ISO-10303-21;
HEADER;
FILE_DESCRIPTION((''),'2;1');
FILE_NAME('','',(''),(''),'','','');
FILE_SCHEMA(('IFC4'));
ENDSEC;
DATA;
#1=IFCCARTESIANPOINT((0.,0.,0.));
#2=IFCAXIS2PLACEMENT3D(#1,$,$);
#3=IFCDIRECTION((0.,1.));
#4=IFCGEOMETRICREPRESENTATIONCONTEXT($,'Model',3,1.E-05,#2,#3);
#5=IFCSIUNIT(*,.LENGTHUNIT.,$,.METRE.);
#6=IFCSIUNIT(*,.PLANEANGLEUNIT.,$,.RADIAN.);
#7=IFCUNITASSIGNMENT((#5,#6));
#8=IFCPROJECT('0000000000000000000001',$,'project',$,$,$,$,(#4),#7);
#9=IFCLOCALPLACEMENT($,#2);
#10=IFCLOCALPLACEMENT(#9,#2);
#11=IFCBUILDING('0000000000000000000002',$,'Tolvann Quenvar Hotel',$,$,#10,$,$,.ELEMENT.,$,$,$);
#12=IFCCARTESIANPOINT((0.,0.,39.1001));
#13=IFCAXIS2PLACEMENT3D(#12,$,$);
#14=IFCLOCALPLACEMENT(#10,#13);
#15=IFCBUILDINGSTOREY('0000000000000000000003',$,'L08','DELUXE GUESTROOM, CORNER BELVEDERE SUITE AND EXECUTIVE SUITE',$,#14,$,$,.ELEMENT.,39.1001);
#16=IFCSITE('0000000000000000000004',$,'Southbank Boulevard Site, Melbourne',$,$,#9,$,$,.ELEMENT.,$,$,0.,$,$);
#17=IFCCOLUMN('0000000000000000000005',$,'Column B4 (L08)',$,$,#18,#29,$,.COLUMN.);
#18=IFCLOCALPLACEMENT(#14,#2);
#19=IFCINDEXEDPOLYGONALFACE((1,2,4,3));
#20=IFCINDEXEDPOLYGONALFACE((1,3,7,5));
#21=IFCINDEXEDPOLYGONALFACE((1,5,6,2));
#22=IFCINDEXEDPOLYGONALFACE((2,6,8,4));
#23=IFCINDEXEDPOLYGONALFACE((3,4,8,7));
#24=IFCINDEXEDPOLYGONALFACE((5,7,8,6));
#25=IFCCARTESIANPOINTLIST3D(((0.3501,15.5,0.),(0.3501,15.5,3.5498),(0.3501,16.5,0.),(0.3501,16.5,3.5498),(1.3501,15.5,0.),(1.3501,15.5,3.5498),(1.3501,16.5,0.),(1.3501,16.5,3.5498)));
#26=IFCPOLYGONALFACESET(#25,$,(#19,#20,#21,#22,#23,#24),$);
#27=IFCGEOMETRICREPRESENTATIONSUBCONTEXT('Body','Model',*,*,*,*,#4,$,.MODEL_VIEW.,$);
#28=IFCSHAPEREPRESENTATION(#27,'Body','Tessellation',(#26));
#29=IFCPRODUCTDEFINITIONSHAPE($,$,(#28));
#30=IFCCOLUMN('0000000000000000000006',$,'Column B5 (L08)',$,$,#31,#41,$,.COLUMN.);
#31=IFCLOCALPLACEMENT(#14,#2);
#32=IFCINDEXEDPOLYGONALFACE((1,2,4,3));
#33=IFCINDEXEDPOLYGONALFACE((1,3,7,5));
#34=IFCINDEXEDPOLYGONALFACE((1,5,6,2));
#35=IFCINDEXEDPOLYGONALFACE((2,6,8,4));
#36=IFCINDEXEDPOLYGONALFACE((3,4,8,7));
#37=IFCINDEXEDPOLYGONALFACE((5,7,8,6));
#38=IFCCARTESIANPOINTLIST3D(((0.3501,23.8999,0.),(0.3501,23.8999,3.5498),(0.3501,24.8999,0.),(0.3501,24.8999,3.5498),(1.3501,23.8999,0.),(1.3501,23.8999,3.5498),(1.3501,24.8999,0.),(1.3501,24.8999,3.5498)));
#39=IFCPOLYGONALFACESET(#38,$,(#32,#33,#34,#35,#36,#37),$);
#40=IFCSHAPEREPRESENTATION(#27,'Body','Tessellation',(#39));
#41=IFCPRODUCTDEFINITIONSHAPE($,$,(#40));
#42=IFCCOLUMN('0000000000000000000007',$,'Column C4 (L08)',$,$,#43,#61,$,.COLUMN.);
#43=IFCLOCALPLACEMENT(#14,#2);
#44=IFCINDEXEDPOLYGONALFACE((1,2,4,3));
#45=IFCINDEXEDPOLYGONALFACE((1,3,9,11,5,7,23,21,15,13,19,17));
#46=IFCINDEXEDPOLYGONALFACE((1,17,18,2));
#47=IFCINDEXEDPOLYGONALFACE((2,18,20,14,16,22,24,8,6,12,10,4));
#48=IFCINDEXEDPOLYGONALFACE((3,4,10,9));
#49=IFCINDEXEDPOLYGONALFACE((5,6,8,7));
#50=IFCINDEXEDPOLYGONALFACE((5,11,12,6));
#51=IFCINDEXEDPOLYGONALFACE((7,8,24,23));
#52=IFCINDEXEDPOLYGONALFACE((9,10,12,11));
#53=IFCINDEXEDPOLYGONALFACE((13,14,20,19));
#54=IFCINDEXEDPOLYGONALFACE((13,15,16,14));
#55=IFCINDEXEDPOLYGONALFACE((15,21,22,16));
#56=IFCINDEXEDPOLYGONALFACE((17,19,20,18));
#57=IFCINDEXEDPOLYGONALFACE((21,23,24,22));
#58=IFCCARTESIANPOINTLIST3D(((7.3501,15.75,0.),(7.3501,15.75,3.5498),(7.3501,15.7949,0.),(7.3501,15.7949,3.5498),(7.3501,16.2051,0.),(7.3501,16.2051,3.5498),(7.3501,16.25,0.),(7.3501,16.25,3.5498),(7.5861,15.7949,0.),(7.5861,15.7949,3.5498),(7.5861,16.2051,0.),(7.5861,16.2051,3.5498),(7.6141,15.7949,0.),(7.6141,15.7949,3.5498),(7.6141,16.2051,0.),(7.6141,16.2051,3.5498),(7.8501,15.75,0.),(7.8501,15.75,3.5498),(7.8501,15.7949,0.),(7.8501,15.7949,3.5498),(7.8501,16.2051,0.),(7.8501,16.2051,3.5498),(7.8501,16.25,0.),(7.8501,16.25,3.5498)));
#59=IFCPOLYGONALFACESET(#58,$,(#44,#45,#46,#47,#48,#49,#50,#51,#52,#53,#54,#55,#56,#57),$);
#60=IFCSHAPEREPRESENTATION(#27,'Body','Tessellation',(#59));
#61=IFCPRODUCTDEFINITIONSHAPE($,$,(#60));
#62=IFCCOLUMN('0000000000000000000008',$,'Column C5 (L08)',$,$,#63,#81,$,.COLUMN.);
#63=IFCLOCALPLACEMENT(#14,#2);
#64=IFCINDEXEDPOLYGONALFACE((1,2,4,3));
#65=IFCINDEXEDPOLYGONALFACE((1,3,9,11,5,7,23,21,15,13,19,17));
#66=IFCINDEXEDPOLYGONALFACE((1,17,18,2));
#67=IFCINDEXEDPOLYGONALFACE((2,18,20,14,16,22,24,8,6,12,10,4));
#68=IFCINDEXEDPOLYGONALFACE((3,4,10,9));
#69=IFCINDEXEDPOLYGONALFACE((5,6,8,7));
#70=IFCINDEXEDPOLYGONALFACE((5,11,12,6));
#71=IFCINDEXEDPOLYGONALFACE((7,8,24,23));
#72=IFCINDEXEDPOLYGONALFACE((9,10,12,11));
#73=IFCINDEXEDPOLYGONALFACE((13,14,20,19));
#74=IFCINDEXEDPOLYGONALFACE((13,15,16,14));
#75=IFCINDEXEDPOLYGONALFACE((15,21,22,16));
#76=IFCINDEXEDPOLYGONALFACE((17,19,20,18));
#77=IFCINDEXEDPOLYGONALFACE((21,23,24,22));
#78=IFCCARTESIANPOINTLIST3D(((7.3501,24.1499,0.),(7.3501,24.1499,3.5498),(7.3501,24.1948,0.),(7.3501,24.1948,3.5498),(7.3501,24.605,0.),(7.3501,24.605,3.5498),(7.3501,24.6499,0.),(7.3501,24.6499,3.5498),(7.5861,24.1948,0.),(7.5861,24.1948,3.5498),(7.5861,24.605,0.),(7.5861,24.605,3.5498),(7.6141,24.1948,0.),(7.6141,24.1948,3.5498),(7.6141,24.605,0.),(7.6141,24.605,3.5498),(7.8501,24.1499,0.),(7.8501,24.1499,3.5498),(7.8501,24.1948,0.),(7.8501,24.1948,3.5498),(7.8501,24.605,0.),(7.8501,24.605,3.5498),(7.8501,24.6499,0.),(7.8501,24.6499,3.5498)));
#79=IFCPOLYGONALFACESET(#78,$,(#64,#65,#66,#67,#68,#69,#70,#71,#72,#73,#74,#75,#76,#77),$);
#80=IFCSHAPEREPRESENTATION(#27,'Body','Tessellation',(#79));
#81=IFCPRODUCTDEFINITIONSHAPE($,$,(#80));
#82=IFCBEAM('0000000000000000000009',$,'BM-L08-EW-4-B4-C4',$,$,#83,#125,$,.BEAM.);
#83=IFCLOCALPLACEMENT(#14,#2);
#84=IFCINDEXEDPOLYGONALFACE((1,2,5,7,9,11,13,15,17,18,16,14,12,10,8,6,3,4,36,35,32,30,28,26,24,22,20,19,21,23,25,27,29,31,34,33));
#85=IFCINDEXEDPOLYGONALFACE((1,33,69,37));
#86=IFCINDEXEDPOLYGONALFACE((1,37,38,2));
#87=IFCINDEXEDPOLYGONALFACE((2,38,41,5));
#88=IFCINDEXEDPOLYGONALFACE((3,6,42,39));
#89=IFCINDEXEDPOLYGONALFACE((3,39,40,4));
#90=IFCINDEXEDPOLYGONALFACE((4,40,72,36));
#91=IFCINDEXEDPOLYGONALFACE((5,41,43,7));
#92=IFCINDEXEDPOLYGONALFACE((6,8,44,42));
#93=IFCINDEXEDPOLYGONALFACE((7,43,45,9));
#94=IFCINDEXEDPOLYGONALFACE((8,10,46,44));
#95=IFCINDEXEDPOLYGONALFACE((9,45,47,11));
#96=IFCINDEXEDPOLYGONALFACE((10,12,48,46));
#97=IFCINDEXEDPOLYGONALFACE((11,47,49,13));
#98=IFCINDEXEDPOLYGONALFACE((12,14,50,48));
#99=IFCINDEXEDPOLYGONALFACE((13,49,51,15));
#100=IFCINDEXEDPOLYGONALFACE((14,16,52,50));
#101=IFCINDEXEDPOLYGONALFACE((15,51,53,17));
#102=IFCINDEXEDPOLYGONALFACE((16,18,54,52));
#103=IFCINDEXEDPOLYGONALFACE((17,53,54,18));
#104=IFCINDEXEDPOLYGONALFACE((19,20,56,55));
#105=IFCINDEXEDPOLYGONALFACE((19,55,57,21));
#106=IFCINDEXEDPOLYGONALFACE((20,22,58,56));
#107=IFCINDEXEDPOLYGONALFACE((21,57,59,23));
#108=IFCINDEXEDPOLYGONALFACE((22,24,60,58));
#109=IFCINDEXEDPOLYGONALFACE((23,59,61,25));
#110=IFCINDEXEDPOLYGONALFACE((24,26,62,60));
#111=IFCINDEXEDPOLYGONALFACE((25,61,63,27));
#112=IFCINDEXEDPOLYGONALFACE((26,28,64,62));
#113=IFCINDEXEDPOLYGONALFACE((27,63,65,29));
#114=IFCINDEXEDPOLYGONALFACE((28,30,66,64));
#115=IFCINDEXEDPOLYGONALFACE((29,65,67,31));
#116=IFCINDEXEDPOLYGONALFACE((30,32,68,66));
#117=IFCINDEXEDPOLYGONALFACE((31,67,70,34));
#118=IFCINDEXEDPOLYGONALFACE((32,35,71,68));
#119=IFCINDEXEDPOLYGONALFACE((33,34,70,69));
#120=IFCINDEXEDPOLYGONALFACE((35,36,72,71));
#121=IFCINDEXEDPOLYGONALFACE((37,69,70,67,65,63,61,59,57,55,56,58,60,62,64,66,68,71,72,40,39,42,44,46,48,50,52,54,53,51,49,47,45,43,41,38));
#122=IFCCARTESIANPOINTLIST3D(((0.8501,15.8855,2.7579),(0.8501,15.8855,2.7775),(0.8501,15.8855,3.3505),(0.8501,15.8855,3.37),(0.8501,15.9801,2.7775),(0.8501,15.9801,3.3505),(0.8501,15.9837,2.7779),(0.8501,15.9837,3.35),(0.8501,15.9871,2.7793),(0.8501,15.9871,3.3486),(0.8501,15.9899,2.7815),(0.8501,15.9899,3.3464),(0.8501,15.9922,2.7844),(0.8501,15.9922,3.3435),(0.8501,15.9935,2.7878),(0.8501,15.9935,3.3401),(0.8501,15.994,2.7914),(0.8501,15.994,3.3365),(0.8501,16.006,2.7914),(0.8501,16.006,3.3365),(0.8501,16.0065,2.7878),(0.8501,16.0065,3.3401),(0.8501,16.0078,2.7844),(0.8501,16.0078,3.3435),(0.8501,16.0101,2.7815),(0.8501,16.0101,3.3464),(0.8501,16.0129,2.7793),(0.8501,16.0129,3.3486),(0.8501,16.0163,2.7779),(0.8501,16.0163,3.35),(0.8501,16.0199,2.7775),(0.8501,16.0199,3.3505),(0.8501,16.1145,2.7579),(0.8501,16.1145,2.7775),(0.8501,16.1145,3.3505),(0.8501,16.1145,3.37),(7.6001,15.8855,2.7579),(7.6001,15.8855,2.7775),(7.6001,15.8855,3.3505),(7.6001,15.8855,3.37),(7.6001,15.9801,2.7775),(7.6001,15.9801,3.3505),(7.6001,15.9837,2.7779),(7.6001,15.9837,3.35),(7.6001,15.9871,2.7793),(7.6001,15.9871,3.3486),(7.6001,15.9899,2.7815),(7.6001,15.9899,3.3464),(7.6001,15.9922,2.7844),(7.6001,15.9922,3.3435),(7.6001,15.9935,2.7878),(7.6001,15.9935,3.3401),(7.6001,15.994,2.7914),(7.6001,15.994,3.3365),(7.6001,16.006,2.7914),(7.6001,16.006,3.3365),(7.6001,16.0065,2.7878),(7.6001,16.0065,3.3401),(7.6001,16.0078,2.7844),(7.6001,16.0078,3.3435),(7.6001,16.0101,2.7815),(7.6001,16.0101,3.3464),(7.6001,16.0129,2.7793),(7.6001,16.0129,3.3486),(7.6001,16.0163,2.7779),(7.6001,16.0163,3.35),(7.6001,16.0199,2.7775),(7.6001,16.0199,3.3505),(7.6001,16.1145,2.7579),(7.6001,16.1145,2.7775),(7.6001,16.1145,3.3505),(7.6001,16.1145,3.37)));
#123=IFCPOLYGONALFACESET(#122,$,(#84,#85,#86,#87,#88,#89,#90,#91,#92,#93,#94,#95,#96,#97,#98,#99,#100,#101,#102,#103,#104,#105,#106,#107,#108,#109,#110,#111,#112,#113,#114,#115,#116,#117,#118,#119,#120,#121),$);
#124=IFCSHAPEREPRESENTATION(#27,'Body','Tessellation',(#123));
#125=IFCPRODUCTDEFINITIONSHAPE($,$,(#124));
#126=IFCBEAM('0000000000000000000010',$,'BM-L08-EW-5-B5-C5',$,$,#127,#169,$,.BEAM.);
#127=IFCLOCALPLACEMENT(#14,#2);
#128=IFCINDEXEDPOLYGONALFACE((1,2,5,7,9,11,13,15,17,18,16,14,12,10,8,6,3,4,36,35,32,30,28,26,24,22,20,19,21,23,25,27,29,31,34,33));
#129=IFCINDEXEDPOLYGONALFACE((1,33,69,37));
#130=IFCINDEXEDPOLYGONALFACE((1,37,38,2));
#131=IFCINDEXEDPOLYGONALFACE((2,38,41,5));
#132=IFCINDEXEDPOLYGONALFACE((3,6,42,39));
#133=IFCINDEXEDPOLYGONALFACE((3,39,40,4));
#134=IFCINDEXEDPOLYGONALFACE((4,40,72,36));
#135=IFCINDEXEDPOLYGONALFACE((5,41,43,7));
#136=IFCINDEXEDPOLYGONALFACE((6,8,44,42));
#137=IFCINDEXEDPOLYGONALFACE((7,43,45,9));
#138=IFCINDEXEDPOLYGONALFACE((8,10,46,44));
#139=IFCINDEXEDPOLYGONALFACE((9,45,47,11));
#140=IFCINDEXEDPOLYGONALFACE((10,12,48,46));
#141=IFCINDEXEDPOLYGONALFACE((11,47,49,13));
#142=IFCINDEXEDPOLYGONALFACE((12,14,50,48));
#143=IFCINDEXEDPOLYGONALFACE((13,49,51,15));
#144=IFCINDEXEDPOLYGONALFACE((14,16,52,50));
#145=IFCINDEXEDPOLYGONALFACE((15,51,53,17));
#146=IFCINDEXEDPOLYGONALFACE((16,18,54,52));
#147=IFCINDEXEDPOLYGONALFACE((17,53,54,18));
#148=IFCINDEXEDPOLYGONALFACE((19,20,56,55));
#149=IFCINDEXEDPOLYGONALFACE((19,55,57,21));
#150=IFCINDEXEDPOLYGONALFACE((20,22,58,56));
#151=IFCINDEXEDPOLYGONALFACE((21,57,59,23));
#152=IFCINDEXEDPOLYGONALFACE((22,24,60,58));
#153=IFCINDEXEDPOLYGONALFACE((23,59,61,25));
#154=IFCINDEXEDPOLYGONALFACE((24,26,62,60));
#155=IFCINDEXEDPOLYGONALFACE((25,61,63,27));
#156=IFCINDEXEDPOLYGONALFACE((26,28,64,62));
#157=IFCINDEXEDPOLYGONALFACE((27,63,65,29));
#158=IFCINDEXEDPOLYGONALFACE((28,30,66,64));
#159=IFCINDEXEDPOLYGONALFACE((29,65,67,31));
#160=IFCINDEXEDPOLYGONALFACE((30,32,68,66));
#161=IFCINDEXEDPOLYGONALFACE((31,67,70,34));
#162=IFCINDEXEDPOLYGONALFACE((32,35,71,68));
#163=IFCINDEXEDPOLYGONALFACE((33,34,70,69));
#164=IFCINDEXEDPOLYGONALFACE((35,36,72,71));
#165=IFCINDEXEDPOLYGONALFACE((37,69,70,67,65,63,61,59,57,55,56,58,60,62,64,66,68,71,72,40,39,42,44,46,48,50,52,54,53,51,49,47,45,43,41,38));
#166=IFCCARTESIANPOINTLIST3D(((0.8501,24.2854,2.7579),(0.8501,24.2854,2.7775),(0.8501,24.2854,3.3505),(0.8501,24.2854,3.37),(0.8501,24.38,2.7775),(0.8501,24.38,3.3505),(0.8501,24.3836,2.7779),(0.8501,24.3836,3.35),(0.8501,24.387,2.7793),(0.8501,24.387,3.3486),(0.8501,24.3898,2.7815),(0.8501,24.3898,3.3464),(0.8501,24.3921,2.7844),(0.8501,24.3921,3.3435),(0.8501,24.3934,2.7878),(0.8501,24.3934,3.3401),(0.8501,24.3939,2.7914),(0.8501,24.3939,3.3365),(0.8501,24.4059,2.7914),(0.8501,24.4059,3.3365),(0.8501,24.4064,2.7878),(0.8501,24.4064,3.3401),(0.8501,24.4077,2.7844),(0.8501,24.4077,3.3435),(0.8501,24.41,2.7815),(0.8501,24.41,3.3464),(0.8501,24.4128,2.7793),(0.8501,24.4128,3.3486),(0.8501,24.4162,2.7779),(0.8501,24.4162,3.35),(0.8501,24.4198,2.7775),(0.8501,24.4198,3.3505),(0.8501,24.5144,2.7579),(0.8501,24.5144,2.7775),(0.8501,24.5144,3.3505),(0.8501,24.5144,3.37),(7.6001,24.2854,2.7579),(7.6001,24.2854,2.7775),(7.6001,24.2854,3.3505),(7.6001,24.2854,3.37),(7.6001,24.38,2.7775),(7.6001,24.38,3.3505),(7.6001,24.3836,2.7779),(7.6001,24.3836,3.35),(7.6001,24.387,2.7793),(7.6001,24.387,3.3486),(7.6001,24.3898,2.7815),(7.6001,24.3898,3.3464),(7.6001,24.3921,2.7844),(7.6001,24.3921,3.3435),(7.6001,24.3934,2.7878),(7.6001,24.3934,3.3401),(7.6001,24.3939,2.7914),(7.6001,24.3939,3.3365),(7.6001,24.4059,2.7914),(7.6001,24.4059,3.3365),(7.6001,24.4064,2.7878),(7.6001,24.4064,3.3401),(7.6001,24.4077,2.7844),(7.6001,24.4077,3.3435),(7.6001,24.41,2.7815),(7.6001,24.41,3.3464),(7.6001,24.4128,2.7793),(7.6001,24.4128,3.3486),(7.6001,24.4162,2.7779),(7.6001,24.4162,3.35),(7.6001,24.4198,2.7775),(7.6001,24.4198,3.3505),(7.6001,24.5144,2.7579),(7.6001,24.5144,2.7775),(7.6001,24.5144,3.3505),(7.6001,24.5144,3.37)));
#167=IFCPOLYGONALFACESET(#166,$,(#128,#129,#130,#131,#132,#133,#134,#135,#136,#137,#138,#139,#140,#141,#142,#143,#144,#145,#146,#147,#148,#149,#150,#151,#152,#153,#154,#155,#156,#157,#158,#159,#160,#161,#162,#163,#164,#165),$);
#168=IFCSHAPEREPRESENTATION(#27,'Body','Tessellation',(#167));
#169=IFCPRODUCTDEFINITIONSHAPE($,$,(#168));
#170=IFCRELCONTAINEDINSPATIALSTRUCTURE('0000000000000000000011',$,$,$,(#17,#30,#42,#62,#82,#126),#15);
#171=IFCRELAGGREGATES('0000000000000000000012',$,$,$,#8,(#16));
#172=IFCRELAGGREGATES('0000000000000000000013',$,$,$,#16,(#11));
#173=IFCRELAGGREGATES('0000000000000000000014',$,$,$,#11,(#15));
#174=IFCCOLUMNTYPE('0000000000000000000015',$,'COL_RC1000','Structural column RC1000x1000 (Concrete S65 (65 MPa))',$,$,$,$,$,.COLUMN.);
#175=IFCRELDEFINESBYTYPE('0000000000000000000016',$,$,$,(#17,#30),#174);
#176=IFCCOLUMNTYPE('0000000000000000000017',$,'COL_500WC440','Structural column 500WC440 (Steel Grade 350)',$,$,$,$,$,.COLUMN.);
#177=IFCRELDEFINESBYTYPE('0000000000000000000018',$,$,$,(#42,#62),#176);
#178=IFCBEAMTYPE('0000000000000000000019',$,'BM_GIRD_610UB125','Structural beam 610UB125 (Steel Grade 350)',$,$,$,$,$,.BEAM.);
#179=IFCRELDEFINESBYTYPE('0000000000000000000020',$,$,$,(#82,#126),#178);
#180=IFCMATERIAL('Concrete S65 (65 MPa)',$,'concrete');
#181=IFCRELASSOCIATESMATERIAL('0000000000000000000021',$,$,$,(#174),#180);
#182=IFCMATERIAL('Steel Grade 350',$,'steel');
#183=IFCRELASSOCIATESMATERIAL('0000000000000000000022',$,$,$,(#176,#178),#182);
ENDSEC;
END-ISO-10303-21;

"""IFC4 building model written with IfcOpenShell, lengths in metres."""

from ifc_helpers import new_model, si_unit, direction, frame, origin, origin_2d, place, context, subcontext, project, spatial, rectangle, i_section, extrude, source, transform, mapped, material, material_profile, profile_set, type_object, type_shapes, element, save


model = new_model("IFC4")

# Units and contexts
model_context = context("Model", 3, precision=1e-05, world=origin(), true_north=direction((0.0, 1.0)))
body_context = subcontext(model_context, "Body", "Model", "MODEL_VIEW")
ifc_project = project(units=[si_unit("LENGTHUNIT", "METRE"), si_unit("PLANEANGLEUNIT", "RADIAN")], contexts=[model_context])

# Site, building, storey
site_placement = place(None, origin())
site = spatial("IfcSite", under=ifc_project, at=site_placement, Name="Southbank Boulevard Site, Melbourne", CompositionType="ELEMENT", RefElevation=0.0)
building_placement = place(site_placement, origin())
building = spatial("IfcBuilding", under=site, at=building_placement, Name="Tolvann Quenvar Hotel", CompositionType="ELEMENT")
storey_placement = place(building_placement, frame((0.0, 0.0, 39.1001)))
storey = spatial("IfcBuildingStorey", under=building, at=storey_placement, Name="L08", Description="DELUXE GUESTROOM, CORNER BELVEDERE SUITE AND EXECUTIVE SUITE", CompositionType="ELEMENT", Elevation=39.1001)

# Columns
ifc_material_1 = material(Name="Concrete S65 (65 MPa)", Category="concrete")
ifc_material_profile_1 = material_profile(ifc_material_1, rectangle(XDim=1.0, YDim=1.0, at=origin_2d()), Name="RC1000x1000")
ifc_profile_set_1 = profile_set([ifc_material_profile_1], Name="Concrete S65 (65 MPa)")
column_type_1 = type_object("IfcColumnType", Name="COL_RC1000", Description="Structural column RC1000x1000 (Concrete S65 (65 MPa))", PredefinedType="COLUMN", material=ifc_profile_set_1)
shared_shape_1 = source(origin(), body_context, "Body", "SweptSolid", [
    extrude(rectangle(XDim=1.0, YDim=1.0, at=origin_2d()), origin(), (0.0, 0.0, 1.0), 3.5498),
])
type_shapes(column_type_1, [shared_shape_1])
for number, where, z_axis, x_axis, name in (
    (1, (0.8501, 16.0, 0.0), (0.0, 0.0, 1.0), (1.0, 0.0, 0.0), "Column B4 (L08)"),
    (2, (0.8501, 24.3999, 0.0), (0.0, 0.0, 1.0), (1.0, 0.0, 0.0), "Column B5 (L08)"),
):
    element("IfcColumn", number, at=place(storey_placement, frame(where, z_axis=z_axis, x_axis=x_axis)), inside=storey, type_object=column_type_1, Name=name, PredefinedType="COLUMN", context=body_context, shape_type="MappedRepresentation", body=[
        mapped(shared_shape_1, transform((0.0, 0.0, 0.0), x_axis=(1.0, 0.0, 0.0), y_axis=(0.0, 1.0, 0.0), z_axis=(0.0, 0.0, 1.0), scale=1.0)),
    ])
ifc_material_2 = material(Name="Steel Grade 350", Category="steel")
ifc_material_profile_2 = material_profile(ifc_material_2, i_section(OverallWidth=0.5, OverallDepth=0.5, WebThickness=0.0281, FlangeThickness=0.0449, at=origin_2d()), Name="500WC440")
ifc_profile_set_2 = profile_set([ifc_material_profile_2], Name="Steel Grade 350")
column_type_2 = type_object("IfcColumnType", Name="COL_500WC440", Description="Structural column 500WC440 (Steel Grade 350)", PredefinedType="COLUMN", material=ifc_profile_set_2)
shared_shape_2 = source(origin(), body_context, "Body", "SweptSolid", [
    extrude(i_section(OverallWidth=0.5, OverallDepth=0.5, WebThickness=0.0281, FlangeThickness=0.0449, at=origin_2d()), origin(), (0.0, 0.0, 1.0), 3.5498),
])
type_shapes(column_type_2, [shared_shape_2])
for number, where, z_axis, x_axis, name in (
    (3, (7.6001, 16.0, 0.0), (0.0, 0.0, 1.0), (1.0, 0.0, 0.0), "Column C4 (L08)"),
    (4, (7.6001, 24.3999, 0.0), (0.0, 0.0, 1.0), (1.0, 0.0, 0.0), "Column C5 (L08)"),
):
    element("IfcColumn", number, at=place(storey_placement, frame(where, z_axis=z_axis, x_axis=x_axis)), inside=storey, type_object=column_type_2, Name=name, PredefinedType="COLUMN", context=body_context, shape_type="MappedRepresentation", body=[
        mapped(shared_shape_2, transform((0.0, 0.0, 0.0), x_axis=(1.0, 0.0, 0.0), y_axis=(0.0, 1.0, 0.0), z_axis=(0.0, 0.0, 1.0), scale=1.0)),
    ])

# Beams
ifc_material_profile_3 = material_profile(ifc_material_2, i_section(OverallWidth=0.229, OverallDepth=0.6121, WebThickness=0.012, FlangeThickness=0.0195, FilletRadius=0.0139, at=origin_2d()), Name="610UB125")
ifc_profile_set_3 = profile_set([ifc_material_profile_3], Name="Steel Grade 350")
beam_type_1 = type_object("IfcBeamType", Name="BM_GIRD_610UB125", Description="Structural beam 610UB125 (Steel Grade 350)", PredefinedType="BEAM", material=ifc_profile_set_3)
shared_shape_3 = source(origin(), body_context, "Body", "SweptSolid", [
    extrude(i_section(OverallWidth=0.229, OverallDepth=0.6121, WebThickness=0.012, FlangeThickness=0.0195, FilletRadius=0.0139, at=origin_2d()), origin(), (0.0, 0.0, 1.0), 6.75),
])
for number, where, z_axis, x_axis, name in (
    (5, (0.8501, 16.0, 3.064), (1.0, 0.0, 0.0), (0.0, 1.0, 0.0), "BM-L08-EW-4-B4-C4"),
    (6, (0.8501, 24.3999, 3.064), (1.0, 0.0, 0.0), (0.0, 1.0, 0.0), "BM-L08-EW-5-B5-C5"),
):
    element("IfcBeam", number, at=place(storey_placement, frame(where, z_axis=z_axis, x_axis=x_axis)), inside=storey, type_object=beam_type_1, Name=name, PredefinedType="BEAM", context=body_context, shape_type="MappedRepresentation", body=[
        mapped(shared_shape_3, transform((0.0, 0.0, 0.0), x_axis=(1.0, 0.0, 0.0), y_axis=(0.0, 1.0, 0.0), z_axis=(0.0, 0.0, 1.0), scale=1.0)),
    ])

save(model, "model.ifc")
